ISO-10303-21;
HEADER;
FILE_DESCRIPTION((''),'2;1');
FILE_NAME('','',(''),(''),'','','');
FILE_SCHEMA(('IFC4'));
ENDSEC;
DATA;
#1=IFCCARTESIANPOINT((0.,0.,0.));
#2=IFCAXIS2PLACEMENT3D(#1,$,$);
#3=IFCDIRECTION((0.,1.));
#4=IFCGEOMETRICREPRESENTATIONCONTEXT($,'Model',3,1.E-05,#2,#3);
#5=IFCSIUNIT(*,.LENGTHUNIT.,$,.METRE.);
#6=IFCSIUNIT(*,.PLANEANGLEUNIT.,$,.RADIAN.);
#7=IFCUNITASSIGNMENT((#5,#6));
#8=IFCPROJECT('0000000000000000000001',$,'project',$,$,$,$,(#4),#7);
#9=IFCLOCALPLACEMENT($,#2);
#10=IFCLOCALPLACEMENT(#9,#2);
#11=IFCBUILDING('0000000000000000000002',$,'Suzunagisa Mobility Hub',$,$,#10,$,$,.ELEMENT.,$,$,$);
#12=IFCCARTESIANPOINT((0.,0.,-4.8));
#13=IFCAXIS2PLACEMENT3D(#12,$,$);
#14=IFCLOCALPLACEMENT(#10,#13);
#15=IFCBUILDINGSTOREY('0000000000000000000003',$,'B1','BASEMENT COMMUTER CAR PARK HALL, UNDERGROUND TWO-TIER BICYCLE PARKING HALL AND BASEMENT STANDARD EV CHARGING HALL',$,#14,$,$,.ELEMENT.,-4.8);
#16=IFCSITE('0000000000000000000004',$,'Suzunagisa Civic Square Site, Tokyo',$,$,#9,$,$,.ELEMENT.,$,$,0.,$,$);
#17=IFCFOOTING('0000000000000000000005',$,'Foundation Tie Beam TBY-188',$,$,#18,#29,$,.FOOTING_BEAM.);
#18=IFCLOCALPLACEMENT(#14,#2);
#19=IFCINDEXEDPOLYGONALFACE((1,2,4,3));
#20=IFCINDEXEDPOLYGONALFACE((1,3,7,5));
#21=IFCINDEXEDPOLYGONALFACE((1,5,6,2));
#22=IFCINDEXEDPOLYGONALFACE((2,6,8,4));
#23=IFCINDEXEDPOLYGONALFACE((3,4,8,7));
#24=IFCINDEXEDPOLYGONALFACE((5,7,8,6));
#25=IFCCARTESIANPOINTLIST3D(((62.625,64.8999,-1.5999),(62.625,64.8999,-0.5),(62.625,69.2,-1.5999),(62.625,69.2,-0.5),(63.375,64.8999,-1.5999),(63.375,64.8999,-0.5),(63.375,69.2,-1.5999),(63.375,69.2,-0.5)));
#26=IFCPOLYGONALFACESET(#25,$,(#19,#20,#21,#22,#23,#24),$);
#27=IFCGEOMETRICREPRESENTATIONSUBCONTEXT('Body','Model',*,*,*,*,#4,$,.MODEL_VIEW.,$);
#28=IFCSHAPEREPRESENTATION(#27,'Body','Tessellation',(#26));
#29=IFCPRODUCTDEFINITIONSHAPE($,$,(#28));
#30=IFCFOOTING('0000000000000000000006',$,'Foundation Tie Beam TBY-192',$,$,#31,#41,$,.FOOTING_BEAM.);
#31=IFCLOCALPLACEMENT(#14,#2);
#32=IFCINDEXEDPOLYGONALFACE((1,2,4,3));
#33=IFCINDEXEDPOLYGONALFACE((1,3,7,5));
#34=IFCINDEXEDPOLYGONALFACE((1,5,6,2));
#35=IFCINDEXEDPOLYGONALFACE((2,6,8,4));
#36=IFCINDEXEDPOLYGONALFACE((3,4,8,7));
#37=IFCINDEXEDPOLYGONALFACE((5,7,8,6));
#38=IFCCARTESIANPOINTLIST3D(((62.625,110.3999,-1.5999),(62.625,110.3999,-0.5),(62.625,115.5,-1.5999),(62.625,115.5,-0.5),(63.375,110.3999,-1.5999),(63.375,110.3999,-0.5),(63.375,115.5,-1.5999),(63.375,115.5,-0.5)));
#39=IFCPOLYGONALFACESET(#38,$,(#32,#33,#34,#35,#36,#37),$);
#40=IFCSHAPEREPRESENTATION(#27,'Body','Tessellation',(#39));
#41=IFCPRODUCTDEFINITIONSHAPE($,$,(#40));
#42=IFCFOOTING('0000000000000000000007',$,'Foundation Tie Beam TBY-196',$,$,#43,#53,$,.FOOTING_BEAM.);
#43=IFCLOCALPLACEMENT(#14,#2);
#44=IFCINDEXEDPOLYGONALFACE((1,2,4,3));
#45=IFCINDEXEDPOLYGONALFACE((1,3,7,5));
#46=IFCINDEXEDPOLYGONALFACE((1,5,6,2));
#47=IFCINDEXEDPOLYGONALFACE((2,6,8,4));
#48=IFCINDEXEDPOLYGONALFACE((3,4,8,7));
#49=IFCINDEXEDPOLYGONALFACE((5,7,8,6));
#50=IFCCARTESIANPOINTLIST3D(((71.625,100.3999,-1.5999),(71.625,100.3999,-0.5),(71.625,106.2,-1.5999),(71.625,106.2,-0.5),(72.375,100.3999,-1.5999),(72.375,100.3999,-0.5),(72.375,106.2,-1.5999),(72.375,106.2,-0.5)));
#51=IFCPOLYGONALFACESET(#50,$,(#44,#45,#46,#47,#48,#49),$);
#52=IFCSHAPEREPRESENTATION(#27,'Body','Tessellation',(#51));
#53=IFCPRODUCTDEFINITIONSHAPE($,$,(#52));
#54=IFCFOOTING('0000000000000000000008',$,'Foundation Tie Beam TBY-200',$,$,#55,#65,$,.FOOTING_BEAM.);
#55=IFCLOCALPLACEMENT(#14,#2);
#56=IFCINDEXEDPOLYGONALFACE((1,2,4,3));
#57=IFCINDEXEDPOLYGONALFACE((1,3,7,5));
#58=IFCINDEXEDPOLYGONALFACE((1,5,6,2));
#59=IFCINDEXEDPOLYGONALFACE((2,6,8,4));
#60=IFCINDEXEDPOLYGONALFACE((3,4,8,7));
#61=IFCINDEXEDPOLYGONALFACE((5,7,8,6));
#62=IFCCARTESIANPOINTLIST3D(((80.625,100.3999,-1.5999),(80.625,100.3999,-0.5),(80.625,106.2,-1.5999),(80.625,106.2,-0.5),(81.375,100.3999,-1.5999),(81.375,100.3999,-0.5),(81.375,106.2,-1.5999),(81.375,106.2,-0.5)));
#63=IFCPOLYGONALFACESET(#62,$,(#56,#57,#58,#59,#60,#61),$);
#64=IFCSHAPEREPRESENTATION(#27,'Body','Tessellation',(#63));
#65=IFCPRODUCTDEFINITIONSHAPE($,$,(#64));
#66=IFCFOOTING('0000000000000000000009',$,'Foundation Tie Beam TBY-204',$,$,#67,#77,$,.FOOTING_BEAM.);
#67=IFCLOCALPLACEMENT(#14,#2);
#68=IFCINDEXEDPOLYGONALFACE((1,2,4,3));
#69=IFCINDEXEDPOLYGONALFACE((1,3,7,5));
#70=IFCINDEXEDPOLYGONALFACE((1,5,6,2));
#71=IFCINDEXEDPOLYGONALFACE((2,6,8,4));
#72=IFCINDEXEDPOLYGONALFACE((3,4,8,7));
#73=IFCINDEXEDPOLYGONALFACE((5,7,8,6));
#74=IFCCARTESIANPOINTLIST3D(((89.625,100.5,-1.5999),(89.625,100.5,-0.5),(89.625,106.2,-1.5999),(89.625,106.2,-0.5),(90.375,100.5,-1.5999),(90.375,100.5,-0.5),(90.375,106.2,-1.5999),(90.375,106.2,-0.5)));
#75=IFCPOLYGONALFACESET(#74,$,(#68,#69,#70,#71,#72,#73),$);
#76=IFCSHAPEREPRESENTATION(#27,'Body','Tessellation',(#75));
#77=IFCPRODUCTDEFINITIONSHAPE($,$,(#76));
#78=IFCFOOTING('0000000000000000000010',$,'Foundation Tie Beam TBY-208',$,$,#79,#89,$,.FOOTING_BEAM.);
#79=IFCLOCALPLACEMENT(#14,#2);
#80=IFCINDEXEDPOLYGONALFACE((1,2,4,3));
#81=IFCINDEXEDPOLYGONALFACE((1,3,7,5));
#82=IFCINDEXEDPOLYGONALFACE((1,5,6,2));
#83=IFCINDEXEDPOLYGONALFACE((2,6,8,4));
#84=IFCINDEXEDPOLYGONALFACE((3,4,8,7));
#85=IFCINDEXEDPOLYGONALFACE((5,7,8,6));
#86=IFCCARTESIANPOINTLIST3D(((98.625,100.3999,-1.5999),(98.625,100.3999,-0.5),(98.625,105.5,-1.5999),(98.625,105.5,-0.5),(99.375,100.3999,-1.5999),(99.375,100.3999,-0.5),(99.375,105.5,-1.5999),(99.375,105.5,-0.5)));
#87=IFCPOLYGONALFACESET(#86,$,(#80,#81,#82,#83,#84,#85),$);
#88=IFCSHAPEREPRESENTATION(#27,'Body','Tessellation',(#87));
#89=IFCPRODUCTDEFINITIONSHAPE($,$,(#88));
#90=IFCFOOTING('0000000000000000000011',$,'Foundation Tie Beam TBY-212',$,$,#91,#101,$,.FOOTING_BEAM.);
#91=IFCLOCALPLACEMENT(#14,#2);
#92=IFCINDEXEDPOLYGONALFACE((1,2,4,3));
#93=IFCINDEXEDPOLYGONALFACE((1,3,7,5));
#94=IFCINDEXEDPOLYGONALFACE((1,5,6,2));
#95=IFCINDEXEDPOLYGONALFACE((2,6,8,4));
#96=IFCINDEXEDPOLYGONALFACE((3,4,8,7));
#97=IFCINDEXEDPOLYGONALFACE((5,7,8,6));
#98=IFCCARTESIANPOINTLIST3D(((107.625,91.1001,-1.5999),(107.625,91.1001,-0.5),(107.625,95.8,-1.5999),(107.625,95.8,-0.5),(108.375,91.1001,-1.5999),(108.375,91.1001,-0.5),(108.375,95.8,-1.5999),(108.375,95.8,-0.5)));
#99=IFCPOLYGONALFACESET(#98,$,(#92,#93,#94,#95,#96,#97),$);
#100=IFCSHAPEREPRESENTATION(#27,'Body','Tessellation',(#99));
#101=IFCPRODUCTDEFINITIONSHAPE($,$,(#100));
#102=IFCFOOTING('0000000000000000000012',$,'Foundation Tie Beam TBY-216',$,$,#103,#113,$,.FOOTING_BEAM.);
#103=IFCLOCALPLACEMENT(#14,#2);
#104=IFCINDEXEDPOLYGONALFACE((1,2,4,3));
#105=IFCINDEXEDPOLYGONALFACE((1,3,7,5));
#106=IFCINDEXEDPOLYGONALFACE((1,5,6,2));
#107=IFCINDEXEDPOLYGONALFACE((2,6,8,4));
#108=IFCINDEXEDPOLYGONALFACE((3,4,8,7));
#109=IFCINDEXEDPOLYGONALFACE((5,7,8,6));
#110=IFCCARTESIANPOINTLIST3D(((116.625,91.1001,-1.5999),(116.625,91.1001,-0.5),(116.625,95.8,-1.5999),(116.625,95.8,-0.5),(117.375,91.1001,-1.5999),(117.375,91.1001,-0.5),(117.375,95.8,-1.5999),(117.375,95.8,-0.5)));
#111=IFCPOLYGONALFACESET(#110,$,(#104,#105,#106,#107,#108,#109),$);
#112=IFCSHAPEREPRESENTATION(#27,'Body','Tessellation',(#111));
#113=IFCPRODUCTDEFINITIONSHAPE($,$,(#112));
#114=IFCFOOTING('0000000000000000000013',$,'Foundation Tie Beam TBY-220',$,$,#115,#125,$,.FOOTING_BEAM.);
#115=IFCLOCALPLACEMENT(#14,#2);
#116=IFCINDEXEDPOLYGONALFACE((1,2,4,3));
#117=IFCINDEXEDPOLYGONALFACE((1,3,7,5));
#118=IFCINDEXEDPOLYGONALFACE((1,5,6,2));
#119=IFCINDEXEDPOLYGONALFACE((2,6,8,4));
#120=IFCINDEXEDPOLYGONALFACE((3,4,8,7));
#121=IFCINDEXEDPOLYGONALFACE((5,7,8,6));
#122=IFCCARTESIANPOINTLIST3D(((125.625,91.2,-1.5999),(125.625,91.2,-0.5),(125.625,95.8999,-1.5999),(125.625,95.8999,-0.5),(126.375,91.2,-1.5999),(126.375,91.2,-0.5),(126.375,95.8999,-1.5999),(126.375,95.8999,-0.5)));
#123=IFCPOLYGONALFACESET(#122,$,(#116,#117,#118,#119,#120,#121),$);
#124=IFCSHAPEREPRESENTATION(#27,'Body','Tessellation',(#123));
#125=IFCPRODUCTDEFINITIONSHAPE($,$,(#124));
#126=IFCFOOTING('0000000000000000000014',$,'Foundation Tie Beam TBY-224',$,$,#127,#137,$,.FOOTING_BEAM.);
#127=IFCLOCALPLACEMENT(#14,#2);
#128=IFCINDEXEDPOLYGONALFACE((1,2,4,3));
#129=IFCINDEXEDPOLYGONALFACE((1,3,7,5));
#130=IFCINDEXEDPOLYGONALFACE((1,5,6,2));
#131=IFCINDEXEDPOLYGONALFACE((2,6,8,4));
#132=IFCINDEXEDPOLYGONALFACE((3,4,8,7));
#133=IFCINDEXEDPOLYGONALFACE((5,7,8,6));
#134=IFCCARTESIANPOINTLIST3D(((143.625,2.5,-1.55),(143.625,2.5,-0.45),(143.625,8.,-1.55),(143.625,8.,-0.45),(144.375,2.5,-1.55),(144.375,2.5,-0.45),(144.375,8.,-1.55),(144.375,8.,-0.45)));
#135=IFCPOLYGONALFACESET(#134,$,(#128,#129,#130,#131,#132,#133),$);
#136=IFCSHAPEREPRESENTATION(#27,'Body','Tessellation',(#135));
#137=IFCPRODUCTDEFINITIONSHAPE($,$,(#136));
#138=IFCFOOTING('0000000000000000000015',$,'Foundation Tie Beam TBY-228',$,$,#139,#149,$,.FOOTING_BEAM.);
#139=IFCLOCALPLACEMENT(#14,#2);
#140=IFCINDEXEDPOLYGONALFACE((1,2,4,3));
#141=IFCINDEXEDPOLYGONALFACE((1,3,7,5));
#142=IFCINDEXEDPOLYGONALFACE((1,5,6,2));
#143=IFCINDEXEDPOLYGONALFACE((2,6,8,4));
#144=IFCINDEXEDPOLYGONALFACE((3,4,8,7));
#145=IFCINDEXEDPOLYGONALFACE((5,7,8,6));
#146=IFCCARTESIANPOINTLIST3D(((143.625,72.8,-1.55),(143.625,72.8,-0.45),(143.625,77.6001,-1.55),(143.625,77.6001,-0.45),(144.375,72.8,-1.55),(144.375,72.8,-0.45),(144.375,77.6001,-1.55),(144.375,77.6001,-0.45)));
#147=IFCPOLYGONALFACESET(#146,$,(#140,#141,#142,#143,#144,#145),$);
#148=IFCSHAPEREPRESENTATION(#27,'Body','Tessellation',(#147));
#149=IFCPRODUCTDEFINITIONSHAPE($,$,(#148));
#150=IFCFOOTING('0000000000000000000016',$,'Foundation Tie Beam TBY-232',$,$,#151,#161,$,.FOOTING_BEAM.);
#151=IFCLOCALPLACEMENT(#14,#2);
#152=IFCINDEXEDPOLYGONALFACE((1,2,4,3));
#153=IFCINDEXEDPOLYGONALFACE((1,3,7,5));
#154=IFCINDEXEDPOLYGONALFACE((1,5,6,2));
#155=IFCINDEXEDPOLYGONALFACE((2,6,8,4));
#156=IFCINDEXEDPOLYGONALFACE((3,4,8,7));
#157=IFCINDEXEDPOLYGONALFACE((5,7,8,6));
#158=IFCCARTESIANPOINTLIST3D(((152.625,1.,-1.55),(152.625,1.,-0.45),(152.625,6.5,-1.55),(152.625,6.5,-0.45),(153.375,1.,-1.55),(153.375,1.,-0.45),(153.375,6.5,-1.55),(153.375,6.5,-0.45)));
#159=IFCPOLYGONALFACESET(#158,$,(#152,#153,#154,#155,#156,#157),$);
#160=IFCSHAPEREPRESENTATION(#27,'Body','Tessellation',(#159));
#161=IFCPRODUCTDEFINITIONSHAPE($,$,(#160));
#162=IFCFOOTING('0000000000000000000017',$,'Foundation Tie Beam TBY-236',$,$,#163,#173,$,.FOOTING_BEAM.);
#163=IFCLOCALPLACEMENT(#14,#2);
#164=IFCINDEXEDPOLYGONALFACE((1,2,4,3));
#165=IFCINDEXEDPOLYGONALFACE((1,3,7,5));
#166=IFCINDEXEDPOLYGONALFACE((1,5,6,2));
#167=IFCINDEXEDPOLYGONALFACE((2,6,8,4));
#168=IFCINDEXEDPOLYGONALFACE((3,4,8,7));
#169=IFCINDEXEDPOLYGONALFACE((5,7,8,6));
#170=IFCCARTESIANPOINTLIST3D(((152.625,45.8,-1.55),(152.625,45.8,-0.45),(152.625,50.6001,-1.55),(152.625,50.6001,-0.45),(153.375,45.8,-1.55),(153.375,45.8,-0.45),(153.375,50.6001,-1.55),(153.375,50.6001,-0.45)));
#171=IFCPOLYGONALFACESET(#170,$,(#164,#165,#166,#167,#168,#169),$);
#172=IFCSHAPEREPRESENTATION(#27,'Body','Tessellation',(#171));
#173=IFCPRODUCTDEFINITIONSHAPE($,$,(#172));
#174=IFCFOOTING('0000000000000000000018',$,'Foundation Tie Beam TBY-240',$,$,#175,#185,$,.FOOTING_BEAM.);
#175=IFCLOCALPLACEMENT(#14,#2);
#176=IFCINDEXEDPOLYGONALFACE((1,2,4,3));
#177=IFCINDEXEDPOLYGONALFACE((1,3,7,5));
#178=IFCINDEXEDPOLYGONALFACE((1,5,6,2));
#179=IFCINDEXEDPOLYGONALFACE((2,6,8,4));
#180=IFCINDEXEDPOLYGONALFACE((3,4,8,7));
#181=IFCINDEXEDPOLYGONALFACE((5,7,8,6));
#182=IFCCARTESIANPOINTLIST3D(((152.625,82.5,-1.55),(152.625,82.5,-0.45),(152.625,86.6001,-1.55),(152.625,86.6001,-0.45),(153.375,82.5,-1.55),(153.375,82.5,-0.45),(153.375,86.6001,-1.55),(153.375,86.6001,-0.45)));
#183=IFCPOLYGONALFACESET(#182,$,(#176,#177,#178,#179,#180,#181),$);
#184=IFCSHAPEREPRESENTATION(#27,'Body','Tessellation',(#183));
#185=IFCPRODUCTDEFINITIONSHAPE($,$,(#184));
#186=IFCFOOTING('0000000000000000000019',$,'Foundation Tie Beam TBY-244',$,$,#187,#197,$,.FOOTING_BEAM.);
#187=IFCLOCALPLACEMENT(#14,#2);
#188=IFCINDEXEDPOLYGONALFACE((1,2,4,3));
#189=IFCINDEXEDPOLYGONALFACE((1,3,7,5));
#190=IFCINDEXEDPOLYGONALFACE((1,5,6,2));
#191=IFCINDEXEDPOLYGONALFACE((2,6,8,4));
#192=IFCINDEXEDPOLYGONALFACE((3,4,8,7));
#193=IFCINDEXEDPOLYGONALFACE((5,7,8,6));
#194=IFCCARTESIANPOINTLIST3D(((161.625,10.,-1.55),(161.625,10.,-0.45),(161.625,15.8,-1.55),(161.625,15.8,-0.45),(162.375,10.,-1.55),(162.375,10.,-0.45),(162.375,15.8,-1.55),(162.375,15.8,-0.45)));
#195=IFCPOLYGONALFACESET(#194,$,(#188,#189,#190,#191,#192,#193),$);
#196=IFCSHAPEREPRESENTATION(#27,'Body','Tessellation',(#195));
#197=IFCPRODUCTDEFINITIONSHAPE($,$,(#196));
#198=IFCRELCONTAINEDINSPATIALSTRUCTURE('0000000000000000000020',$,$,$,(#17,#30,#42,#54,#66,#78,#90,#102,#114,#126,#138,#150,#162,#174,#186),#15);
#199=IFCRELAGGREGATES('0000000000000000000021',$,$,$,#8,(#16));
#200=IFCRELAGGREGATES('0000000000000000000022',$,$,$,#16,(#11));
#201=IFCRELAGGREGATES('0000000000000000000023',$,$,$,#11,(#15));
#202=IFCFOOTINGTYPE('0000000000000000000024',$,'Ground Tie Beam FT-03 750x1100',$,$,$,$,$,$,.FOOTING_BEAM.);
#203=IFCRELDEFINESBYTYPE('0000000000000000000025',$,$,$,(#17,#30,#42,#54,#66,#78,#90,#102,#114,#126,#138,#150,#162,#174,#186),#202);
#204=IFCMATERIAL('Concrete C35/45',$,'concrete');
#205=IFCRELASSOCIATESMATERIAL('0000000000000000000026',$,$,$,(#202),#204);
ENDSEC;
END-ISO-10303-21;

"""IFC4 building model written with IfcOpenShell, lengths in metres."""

from ifc_helpers import new_model, si_unit, direction, frame, origin, place, context, subcontext, project, spatial, polyline, outline, extrude, material, type_object, element, save


model = new_model("IFC4")

# Units and contexts
model_context = context("Model", 3, precision=1e-05, world=origin(), true_north=direction((0.0, 1.0)))
body_context = subcontext(model_context, "Body", "Model", "MODEL_VIEW")
ifc_project = project(units=[si_unit("LENGTHUNIT", "METRE"), si_unit("PLANEANGLEUNIT", "RADIAN")], contexts=[model_context])

# Site, building, storey
site_placement = place(None, origin())
site = spatial("IfcSite", under=ifc_project, at=site_placement, Name="Suzunagisa Civic Square Site, Tokyo", CompositionType="ELEMENT", RefElevation=0.0)
building_placement = place(site_placement, origin())
building = spatial("IfcBuilding", under=site, at=building_placement, Name="Suzunagisa Mobility Hub", CompositionType="ELEMENT")
storey_placement = place(building_placement, frame((0.0, 0.0, -4.8)))
storey = spatial("IfcBuildingStorey", under=building, at=storey_placement, Name="B1", Description="BASEMENT COMMUTER CAR PARK HALL, UNDERGROUND TWO-TIER BICYCLE PARKING HALL AND BASEMENT STANDARD EV CHARGING HALL", CompositionType="ELEMENT", Elevation=-4.8)

# Footings
ifc_material = material(Name="Concrete C35/45", Category="concrete")
footing_type_1 = type_object("IfcFootingType", Name="Ground Tie Beam FT-03 750x1100", PredefinedType="FOOTING_BEAM", material=ifc_material)
footing_1_placement = place(storey_placement, frame((0.0, 0.0, -1.5999)))
element("IfcFooting", 1, at=footing_1_placement, inside=storey, type_object=footing_type_1, Name="Foundation Tie Beam TBY-188", PredefinedType="FOOTING_BEAM", context=body_context, shape_type="SweptSolid", body=[
    extrude(outline(polyline([(62.625, 64.8999), (63.375, 64.8999), (63.375, 69.2), (62.625, 69.2), (62.625, 64.8999)])), origin(), (0.0, 0.0, 1.0), 1.0999),
])
footing_2_placement = place(storey_placement, frame((0.0, 0.0, -1.5999)))
element("IfcFooting", 2, at=footing_2_placement, inside=storey, type_object=footing_type_1, Name="Foundation Tie Beam TBY-192", PredefinedType="FOOTING_BEAM", context=body_context, shape_type="SweptSolid", body=[
    extrude(outline(polyline([(62.625, 110.3999), (63.375, 110.3999), (63.375, 115.5), (62.625, 115.5), (62.625, 110.3999)])), origin(), (0.0, 0.0, 1.0), 1.0999),
])
footing_3_placement = place(storey_placement, frame((0.0, 0.0, -1.5999)))
element("IfcFooting", 3, at=footing_3_placement, inside=storey, type_object=footing_type_1, Name="Foundation Tie Beam TBY-196", PredefinedType="FOOTING_BEAM", context=body_context, shape_type="SweptSolid", body=[
    extrude(outline(polyline([(71.625, 100.3999), (72.375, 100.3999), (72.375, 106.2), (71.625, 106.2), (71.625, 100.3999)])), origin(), (0.0, 0.0, 1.0), 1.0999),
])
footing_4_placement = place(storey_placement, frame((0.0, 0.0, -1.5999)))
element("IfcFooting", 4, at=footing_4_placement, inside=storey, type_object=footing_type_1, Name="Foundation Tie Beam TBY-200", PredefinedType="FOOTING_BEAM", context=body_context, shape_type="SweptSolid", body=[
    extrude(outline(polyline([(80.625, 100.3999), (81.375, 100.3999), (81.375, 106.2), (80.625, 106.2), (80.625, 100.3999)])), origin(), (0.0, 0.0, 1.0), 1.0999),
])
footing_5_placement = place(storey_placement, frame((0.0, 0.0, -1.5999)))
element("IfcFooting", 5, at=footing_5_placement, inside=storey, type_object=footing_type_1, Name="Foundation Tie Beam TBY-204", PredefinedType="FOOTING_BEAM", context=body_context, shape_type="SweptSolid", body=[
    extrude(outline(polyline([(89.625, 100.5), (90.375, 100.5), (90.375, 106.2), (89.625, 106.2), (89.625, 100.5)])), origin(), (0.0, 0.0, 1.0), 1.0999),
])
footing_6_placement = place(storey_placement, frame((0.0, 0.0, -1.5999)))
element("IfcFooting", 6, at=footing_6_placement, inside=storey, type_object=footing_type_1, Name="Foundation Tie Beam TBY-208", PredefinedType="FOOTING_BEAM", context=body_context, shape_type="SweptSolid", body=[
    extrude(outline(polyline([(98.625, 100.3999), (99.375, 100.3999), (99.375, 105.5), (98.625, 105.5), (98.625, 100.3999)])), origin(), (0.0, 0.0, 1.0), 1.0999),
])
footing_7_placement = place(storey_placement, frame((0.0, 0.0, -1.5999)))
element("IfcFooting", 7, at=footing_7_placement, inside=storey, type_object=footing_type_1, Name="Foundation Tie Beam TBY-212", PredefinedType="FOOTING_BEAM", context=body_context, shape_type="SweptSolid", body=[
    extrude(outline(polyline([(107.625, 91.1001), (108.375, 91.1001), (108.375, 95.8), (107.625, 95.8), (107.625, 91.1001)])), origin(), (0.0, 0.0, 1.0), 1.0999),
])
footing_8_placement = place(storey_placement, frame((0.0, 0.0, -1.5999)))
element("IfcFooting", 8, at=footing_8_placement, inside=storey, type_object=footing_type_1, Name="Foundation Tie Beam TBY-216", PredefinedType="FOOTING_BEAM", context=body_context, shape_type="SweptSolid", body=[
    extrude(outline(polyline([(116.625, 91.1001), (117.375, 91.1001), (117.375, 95.8), (116.625, 95.8), (116.625, 91.1001)])), origin(), (0.0, 0.0, 1.0), 1.0999),
])
footing_9_placement = place(storey_placement, frame((0.0, 0.0, -1.5999)))
element("IfcFooting", 9, at=footing_9_placement, inside=storey, type_object=footing_type_1, Name="Foundation Tie Beam TBY-220", PredefinedType="FOOTING_BEAM", context=body_context, shape_type="SweptSolid", body=[
    extrude(outline(polyline([(125.625, 91.2), (126.375, 91.2), (126.375, 95.8999), (125.625, 95.8999), (125.625, 91.2)])), origin(), (0.0, 0.0, 1.0), 1.0999),
])
footing_10_placement = place(storey_placement, frame((0.0, 0.0, -1.55)))
element("IfcFooting", 10, at=footing_10_placement, inside=storey, type_object=footing_type_1, Name="Foundation Tie Beam TBY-224", PredefinedType="FOOTING_BEAM", context=body_context, shape_type="SweptSolid", body=[
    extrude(outline(polyline([(143.625, 2.5), (144.375, 2.5), (144.375, 8.0), (143.625, 8.0), (143.625, 2.5)])), origin(), (0.0, 0.0, 1.0), 1.1001),
])
footing_11_placement = place(storey_placement, frame((0.0, 0.0, -1.55)))
element("IfcFooting", 11, at=footing_11_placement, inside=storey, type_object=footing_type_1, Name="Foundation Tie Beam TBY-228", PredefinedType="FOOTING_BEAM", context=body_context, shape_type="SweptSolid", body=[
    extrude(outline(polyline([(143.625, 72.8), (144.375, 72.8), (144.375, 77.6001), (143.625, 77.6001), (143.625, 72.8)])), origin(), (0.0, 0.0, 1.0), 1.1001),
])
footing_12_placement = place(storey_placement, frame((0.0, 0.0, -1.55)))
element("IfcFooting", 12, at=footing_12_placement, inside=storey, type_object=footing_type_1, Name="Foundation Tie Beam TBY-232", PredefinedType="FOOTING_BEAM", context=body_context, shape_type="SweptSolid", body=[
    extrude(outline(polyline([(152.625, 1.0), (153.375, 1.0), (153.375, 6.5), (152.625, 6.5), (152.625, 1.0)])), origin(), (0.0, 0.0, 1.0), 1.1001),
])
footing_13_placement = place(storey_placement, frame((0.0, 0.0, -1.55)))
element("IfcFooting", 13, at=footing_13_placement, inside=storey, type_object=footing_type_1, Name="Foundation Tie Beam TBY-236", PredefinedType="FOOTING_BEAM", context=body_context, shape_type="SweptSolid", body=[
    extrude(outline(polyline([(152.625, 45.8), (153.375, 45.8), (153.375, 50.6001), (152.625, 50.6001), (152.625, 45.8)])), origin(), (0.0, 0.0, 1.0), 1.1001),
])
footing_14_placement = place(storey_placement, frame((0.0, 0.0, -1.55)))
element("IfcFooting", 14, at=footing_14_placement, inside=storey, type_object=footing_type_1, Name="Foundation Tie Beam TBY-240", PredefinedType="FOOTING_BEAM", context=body_context, shape_type="SweptSolid", body=[
    extrude(outline(polyline([(152.625, 82.5), (153.375, 82.5), (153.375, 86.6001), (152.625, 86.6001), (152.625, 82.5)])), origin(), (0.0, 0.0, 1.0), 1.1001),
])
footing_15_placement = place(storey_placement, frame((0.0, 0.0, -1.55)))
element("IfcFooting", 15, at=footing_15_placement, inside=storey, type_object=footing_type_1, Name="Foundation Tie Beam TBY-244", PredefinedType="FOOTING_BEAM", context=body_context, shape_type="SweptSolid", body=[
    extrude(outline(polyline([(161.625, 10.0), (162.375, 10.0), (162.375, 15.8), (161.625, 15.8), (161.625, 10.0)])), origin(), (0.0, 0.0, 1.0), 1.1001),
])

save(model, "model.ifc")
